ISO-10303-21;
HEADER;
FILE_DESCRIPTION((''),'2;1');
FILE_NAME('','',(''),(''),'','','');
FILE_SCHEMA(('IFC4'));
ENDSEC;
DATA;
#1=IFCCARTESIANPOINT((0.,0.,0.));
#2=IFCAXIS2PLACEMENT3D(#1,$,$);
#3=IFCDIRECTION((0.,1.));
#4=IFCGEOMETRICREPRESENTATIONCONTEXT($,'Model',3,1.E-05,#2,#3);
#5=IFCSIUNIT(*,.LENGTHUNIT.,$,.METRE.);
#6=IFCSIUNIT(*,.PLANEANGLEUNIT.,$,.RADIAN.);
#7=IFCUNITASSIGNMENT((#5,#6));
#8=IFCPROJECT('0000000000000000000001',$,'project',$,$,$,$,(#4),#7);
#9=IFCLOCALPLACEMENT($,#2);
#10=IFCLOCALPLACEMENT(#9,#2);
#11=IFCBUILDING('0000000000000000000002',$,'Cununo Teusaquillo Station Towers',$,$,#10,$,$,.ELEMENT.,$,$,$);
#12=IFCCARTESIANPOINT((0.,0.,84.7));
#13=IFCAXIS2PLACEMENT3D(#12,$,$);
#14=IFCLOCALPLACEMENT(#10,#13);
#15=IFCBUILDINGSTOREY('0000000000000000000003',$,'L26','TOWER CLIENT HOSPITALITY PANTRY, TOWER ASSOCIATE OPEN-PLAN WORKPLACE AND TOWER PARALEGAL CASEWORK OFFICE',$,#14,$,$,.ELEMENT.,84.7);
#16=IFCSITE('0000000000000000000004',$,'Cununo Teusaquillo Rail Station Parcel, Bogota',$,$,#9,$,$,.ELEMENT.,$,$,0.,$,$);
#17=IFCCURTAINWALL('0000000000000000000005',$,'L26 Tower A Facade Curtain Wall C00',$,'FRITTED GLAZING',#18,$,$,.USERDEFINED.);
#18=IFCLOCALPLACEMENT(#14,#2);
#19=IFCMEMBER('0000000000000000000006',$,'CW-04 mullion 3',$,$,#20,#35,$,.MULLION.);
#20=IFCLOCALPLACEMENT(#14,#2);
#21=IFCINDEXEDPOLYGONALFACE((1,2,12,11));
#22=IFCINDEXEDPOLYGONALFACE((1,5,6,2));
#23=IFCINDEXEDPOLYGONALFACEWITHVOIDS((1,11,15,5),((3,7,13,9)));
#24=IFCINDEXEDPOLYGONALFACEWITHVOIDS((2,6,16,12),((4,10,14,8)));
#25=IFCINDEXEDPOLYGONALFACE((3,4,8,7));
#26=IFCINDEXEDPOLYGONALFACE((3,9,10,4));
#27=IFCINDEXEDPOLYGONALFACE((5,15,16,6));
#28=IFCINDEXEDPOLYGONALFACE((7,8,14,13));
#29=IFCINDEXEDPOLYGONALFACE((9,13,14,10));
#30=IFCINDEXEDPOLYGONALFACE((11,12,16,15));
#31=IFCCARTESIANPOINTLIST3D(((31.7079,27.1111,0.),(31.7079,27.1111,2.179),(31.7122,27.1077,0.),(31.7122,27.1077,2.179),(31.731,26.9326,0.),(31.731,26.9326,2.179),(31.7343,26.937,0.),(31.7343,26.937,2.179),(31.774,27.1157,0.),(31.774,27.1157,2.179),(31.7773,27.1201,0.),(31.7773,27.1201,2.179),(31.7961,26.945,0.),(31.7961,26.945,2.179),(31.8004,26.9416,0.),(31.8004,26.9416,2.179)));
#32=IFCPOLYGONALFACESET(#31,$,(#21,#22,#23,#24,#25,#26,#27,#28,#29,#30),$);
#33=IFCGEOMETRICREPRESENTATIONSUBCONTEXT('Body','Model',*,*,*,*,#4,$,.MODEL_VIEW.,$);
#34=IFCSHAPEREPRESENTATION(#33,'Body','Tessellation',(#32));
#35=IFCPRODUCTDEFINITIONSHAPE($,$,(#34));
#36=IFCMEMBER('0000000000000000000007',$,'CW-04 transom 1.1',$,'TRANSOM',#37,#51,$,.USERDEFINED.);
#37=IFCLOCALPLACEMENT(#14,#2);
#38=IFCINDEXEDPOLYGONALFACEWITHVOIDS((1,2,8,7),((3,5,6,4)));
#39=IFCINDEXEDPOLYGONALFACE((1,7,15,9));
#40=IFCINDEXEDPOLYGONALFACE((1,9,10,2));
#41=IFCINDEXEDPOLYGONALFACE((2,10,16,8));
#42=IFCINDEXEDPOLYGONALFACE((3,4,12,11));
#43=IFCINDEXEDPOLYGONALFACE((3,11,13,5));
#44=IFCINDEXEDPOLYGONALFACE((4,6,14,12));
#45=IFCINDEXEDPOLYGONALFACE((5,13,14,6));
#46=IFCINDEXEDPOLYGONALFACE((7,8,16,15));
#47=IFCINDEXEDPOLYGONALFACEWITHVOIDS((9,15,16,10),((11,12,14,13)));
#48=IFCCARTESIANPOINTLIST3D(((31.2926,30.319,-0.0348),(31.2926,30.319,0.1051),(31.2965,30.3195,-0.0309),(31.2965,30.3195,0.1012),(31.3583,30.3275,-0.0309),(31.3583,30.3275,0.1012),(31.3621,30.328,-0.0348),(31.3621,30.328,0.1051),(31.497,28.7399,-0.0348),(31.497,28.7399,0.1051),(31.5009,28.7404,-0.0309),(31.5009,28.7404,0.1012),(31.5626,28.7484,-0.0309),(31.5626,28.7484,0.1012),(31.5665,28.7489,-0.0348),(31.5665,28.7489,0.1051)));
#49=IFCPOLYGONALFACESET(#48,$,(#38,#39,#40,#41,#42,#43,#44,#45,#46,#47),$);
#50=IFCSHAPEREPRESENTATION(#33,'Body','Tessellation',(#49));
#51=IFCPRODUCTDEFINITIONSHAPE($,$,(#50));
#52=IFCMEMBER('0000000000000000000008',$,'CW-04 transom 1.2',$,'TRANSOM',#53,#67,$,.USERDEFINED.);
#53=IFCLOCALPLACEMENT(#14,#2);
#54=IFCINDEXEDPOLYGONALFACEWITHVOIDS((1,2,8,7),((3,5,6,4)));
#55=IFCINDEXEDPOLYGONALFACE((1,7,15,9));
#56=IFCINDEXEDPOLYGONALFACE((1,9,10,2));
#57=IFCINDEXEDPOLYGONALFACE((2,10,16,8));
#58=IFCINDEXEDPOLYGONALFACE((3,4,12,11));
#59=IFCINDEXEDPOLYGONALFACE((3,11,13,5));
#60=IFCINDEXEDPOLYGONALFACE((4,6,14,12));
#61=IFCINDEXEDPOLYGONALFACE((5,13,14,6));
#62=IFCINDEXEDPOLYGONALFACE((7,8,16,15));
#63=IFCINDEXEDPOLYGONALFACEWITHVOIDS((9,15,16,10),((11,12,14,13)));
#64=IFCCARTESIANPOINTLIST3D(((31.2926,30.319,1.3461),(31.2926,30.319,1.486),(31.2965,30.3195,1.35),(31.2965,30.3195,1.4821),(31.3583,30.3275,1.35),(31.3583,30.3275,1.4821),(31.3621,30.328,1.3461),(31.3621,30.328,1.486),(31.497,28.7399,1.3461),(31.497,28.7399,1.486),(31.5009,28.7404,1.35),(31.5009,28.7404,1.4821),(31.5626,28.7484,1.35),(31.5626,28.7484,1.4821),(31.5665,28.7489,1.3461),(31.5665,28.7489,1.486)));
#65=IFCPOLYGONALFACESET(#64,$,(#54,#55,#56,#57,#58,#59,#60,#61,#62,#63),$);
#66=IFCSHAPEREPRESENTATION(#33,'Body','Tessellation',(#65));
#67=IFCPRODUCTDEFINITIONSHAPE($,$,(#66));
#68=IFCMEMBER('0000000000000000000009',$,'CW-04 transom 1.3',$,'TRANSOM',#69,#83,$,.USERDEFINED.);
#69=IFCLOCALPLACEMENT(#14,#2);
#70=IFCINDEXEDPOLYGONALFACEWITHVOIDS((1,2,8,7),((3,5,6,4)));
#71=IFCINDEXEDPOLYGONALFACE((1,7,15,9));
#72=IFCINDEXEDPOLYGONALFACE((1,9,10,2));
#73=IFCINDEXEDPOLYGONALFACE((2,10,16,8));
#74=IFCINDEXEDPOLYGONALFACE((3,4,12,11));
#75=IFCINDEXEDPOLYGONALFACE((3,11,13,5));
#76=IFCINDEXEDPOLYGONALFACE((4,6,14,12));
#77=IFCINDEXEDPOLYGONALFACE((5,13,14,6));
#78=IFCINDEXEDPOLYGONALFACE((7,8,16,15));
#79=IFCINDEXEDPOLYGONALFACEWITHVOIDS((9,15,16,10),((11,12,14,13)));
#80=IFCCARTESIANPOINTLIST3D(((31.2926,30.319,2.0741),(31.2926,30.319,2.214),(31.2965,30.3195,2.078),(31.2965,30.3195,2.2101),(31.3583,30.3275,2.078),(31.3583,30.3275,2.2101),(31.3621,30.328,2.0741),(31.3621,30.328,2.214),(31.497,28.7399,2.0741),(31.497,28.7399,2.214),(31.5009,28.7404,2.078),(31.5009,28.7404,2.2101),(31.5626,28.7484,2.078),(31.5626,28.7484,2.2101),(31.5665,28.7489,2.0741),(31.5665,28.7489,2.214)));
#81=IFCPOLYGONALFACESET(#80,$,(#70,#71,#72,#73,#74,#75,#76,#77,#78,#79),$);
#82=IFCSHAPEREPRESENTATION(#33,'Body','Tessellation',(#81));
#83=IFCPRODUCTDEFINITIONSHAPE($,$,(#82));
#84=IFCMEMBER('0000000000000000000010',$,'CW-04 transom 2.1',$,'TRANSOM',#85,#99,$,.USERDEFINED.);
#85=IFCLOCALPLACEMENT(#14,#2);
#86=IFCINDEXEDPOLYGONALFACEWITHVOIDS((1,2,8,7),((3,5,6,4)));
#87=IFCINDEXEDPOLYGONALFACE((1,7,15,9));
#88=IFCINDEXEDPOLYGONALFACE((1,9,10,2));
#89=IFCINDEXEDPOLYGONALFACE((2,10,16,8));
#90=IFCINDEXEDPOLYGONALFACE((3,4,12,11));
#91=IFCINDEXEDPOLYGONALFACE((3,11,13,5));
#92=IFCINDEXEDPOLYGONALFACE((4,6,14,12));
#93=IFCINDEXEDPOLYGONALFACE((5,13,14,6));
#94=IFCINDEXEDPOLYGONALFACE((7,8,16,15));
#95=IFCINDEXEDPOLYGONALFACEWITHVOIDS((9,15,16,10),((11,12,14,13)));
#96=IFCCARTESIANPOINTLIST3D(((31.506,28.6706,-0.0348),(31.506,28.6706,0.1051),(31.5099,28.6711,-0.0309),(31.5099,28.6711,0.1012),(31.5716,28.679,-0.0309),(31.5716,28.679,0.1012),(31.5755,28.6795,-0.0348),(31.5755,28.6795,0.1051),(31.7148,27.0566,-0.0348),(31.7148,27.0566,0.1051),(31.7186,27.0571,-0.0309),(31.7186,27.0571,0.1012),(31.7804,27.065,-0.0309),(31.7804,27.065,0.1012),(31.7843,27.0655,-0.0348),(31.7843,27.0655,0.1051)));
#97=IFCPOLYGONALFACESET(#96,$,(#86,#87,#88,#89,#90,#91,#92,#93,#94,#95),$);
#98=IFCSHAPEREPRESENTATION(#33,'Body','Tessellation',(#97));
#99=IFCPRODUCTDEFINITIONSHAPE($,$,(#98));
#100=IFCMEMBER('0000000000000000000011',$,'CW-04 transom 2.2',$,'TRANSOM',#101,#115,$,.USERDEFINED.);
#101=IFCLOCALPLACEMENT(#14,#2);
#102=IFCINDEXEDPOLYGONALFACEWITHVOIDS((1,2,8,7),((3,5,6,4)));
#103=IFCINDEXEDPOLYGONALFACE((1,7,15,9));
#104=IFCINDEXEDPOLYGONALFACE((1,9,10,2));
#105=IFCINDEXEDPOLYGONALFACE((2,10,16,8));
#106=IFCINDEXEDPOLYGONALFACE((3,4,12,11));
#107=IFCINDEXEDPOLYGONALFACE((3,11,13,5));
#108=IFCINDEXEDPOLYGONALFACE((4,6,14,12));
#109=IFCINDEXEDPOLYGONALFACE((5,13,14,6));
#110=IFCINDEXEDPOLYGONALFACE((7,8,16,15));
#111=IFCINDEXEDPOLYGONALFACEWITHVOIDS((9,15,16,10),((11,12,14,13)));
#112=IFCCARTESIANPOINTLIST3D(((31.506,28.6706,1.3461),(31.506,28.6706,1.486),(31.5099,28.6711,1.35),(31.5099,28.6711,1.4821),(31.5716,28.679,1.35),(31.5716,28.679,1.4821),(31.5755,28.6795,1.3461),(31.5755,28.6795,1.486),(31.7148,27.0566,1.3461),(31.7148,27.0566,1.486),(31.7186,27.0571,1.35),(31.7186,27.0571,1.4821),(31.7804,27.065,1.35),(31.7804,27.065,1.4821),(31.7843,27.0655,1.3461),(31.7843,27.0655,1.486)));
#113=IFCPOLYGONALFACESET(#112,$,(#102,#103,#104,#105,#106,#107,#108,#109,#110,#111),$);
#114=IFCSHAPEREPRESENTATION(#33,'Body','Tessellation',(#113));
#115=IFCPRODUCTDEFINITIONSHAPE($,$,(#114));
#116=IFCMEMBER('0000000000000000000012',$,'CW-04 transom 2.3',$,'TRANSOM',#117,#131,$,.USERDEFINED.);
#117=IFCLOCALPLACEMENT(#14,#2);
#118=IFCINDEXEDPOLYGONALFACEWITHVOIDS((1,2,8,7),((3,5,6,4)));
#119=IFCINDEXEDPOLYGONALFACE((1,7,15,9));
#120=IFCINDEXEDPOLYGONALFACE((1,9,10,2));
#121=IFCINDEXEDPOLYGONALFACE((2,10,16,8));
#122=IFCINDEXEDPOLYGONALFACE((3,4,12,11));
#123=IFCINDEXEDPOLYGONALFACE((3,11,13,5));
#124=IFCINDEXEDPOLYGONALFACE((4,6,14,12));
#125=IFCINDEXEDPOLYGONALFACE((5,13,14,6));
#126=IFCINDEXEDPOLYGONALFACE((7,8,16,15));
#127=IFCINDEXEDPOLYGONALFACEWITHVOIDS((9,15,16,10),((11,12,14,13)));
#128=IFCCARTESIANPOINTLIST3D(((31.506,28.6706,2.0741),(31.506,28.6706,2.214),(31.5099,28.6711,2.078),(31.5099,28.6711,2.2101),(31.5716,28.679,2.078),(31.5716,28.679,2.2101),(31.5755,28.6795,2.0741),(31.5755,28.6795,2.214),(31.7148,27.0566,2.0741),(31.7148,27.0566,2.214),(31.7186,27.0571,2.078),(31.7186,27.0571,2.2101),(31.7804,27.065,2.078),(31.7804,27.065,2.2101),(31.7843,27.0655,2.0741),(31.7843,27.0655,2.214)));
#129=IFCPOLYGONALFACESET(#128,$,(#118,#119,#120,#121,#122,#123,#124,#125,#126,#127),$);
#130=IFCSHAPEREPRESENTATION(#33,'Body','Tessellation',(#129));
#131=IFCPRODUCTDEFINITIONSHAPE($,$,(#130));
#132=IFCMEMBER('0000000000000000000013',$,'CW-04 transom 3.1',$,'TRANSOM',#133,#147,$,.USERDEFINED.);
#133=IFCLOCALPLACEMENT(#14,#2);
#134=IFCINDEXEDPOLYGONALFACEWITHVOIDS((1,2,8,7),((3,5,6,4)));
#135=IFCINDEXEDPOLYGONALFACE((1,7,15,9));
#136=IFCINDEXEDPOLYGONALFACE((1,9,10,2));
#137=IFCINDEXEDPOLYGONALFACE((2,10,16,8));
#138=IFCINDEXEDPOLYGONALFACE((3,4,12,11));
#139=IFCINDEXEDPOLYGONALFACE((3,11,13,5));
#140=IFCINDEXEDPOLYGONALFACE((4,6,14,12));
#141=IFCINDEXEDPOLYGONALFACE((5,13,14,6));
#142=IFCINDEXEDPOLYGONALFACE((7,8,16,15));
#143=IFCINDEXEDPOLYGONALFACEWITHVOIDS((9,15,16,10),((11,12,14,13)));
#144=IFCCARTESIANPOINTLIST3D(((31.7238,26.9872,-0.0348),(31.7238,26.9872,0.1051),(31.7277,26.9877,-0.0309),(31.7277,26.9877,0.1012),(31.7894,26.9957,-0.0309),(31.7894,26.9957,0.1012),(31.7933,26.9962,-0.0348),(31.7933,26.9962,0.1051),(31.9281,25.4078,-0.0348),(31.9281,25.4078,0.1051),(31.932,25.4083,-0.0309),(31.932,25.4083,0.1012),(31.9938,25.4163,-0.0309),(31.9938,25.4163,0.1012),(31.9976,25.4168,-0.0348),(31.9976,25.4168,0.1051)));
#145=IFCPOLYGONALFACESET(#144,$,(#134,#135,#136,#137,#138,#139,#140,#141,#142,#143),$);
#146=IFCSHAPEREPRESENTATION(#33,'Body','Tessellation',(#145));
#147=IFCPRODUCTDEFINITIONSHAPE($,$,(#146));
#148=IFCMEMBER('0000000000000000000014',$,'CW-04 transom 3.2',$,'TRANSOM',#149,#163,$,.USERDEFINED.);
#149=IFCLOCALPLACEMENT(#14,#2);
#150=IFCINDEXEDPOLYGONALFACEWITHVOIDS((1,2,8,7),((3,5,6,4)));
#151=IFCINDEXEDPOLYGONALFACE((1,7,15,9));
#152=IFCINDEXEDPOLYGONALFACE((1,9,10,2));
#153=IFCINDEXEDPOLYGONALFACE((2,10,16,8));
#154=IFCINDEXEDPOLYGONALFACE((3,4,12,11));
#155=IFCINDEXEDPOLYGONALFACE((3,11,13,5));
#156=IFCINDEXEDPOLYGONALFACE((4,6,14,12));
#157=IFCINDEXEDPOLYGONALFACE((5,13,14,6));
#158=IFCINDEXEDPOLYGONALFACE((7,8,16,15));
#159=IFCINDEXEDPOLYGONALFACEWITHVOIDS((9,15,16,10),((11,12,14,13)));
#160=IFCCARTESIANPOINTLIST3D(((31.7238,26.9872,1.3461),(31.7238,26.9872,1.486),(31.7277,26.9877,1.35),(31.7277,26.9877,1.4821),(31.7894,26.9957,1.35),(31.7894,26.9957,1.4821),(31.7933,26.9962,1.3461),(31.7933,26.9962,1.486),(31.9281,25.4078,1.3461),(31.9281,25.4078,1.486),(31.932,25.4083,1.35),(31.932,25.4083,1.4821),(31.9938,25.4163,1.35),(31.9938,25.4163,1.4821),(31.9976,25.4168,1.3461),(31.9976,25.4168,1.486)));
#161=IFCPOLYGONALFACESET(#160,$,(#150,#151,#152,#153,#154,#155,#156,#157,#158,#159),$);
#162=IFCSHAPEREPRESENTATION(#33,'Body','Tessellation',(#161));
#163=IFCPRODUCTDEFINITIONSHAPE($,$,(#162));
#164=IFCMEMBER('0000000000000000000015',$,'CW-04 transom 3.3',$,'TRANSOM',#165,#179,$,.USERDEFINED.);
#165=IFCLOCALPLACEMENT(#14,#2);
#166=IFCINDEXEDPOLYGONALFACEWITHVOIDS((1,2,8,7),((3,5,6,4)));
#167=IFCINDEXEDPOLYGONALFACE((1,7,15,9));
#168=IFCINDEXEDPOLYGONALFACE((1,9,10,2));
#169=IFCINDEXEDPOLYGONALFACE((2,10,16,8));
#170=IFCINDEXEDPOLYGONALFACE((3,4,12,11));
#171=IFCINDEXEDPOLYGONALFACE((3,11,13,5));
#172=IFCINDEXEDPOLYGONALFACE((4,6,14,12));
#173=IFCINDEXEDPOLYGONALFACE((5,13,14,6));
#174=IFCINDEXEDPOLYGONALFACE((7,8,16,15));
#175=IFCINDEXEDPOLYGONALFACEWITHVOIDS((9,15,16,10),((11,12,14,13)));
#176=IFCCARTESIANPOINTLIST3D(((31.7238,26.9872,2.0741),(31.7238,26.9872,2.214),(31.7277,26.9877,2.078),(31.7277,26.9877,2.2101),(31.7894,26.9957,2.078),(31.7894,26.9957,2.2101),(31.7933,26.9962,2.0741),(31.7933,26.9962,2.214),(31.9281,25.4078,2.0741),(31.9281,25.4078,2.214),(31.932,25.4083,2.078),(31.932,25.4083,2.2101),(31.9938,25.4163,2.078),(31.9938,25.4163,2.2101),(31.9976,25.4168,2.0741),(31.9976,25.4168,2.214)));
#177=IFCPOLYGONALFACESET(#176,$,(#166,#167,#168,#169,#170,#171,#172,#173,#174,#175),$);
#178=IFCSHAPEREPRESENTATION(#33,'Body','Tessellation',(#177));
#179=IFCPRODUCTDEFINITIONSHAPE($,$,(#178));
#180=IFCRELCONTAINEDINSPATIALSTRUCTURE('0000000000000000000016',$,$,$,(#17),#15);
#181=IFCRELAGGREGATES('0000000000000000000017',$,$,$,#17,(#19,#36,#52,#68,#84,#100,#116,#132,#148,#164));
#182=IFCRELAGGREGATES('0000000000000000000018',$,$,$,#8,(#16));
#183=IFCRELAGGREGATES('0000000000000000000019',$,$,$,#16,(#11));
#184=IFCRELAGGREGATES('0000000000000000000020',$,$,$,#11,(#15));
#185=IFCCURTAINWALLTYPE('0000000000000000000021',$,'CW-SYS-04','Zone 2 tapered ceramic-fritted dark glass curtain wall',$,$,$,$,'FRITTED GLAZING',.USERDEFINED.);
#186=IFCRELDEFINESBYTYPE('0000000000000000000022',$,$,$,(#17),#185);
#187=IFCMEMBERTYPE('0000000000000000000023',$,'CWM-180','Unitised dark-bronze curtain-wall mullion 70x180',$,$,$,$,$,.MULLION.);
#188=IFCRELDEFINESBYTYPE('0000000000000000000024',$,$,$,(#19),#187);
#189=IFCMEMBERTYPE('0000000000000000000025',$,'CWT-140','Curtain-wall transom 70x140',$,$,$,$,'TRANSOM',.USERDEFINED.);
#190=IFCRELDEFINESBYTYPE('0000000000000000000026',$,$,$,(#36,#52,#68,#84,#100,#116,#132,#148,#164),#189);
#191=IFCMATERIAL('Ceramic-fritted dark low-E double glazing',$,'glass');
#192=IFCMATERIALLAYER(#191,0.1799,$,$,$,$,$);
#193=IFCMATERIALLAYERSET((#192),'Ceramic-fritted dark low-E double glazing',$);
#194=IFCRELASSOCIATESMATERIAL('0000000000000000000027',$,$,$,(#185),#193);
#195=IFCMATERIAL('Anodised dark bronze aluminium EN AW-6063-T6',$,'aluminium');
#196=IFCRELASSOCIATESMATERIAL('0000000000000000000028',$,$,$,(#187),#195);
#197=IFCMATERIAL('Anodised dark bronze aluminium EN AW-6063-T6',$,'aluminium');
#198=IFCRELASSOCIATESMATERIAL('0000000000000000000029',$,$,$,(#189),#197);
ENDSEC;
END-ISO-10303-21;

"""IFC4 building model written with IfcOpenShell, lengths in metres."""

from ifc_helpers import new_model, si_unit, direction, frame, origin, origin_2d, place, context, subcontext, project, spatial, hollow_rectangle, extrude, material, layer, layer_set, material_profile, profile_set, type_object, element, aggregate, save


model = new_model("IFC4")

# Units and contexts
model_context = context("Model", 3, precision=1e-05, world=origin(), true_north=direction((0.0, 1.0)))
body_context = subcontext(model_context, "Body", "Model", "MODEL_VIEW")
ifc_project = project(units=[si_unit("LENGTHUNIT", "METRE"), si_unit("PLANEANGLEUNIT", "RADIAN")], contexts=[model_context])

# Site, building, storey
site_placement = place(None, origin())
site = spatial("IfcSite", under=ifc_project, at=site_placement, Name="Cununo Teusaquillo Rail Station Parcel, Bogota", CompositionType="ELEMENT", RefElevation=0.0)
building_placement = place(site_placement, origin())
building = spatial("IfcBuilding", under=site, at=building_placement, Name="Cununo Teusaquillo Station Towers", CompositionType="ELEMENT")
storey_placement = place(building_placement, frame((0.0, 0.0, 84.7)))
storey = spatial("IfcBuildingStorey", under=building, at=storey_placement, Name="L26", Description="TOWER CLIENT HOSPITALITY PANTRY, TOWER ASSOCIATE OPEN-PLAN WORKPLACE AND TOWER PARALEGAL CASEWORK OFFICE", CompositionType="ELEMENT", Elevation=84.7)

# Curtain wall, members
ifc_material_1 = material(Name="Ceramic-fritted dark low-E double glazing", Category="glass")
ifc_layer_1 = layer(ifc_material_1, 0.1799)
ifc_layer_set_1 = layer_set([ifc_layer_1], Name="Ceramic-fritted dark low-E double glazing")
curtain_wall_type = type_object("IfcCurtainWallType", Name="CW-SYS-04", Description="Zone 2 tapered ceramic-fritted dark glass curtain wall", ElementType="FRITTED GLAZING", PredefinedType="USERDEFINED", material=ifc_layer_set_1)
curtain_wall_placement = place(storey_placement, origin())
curtain_wall = element("IfcCurtainWall", 1, at=curtain_wall_placement, inside=storey, type_object=curtain_wall_type, Name="L26 Tower A Facade Curtain Wall C00", ObjectType="FRITTED GLAZING", PredefinedType="USERDEFINED")
ifc_material_2 = material(Name="Anodised dark bronze aluminium EN AW-6063-T6", Category="aluminium")
ifc_material_profile_1 = material_profile(ifc_material_2, hollow_rectangle(XDim=0.0701, YDim=0.1799, WallThickness=0.0039, at=origin_2d()), Name="CW-MULL-70x180")
ifc_profile_set_1 = profile_set([ifc_material_profile_1], Name="Anodised dark bronze aluminium EN AW-6063-T6")
member_type_1 = type_object("IfcMemberType", Name="CWM-180", Description="Unitised dark-bronze curtain-wall mullion 70x180", PredefinedType="MULLION", material=ifc_profile_set_1)
member_1_placement = place(storey_placement, frame((31.7542, 27.0264, 0.0), z_axis=(0.0, 0.0, 1.0), x_axis=(0.991731, 0.128336, 0.0)))
member_1 = element("IfcMember", 2, at=member_1_placement, type_object=member_type_1, Name="CW-04 mullion 3", PredefinedType="MULLION", context=body_context, shape_type="SweptSolid", body=[
    extrude(hollow_rectangle(XDim=0.0701, YDim=0.1799, WallThickness=0.0039, at=origin_2d()), origin(), (0.0, 0.0, 1.0), 2.179),
])
ifc_material_3 = material(Name="Anodised dark bronze aluminium EN AW-6063-T6", Category="aluminium")
ifc_material_profile_2 = material_profile(ifc_material_3, hollow_rectangle(XDim=0.0701, YDim=0.1399, WallThickness=0.0039, at=origin_2d()), Name="CW-TRAN-70x140")
ifc_profile_set_2 = profile_set([ifc_material_profile_2], Name="Anodised dark bronze aluminium EN AW-6063-T6")
member_type_2 = type_object("IfcMemberType", Name="CWT-140", Description="Curtain-wall transom 70x140", ElementType="TRANSOM", PredefinedType="USERDEFINED", material=ifc_profile_set_2)
member_2_placement = place(storey_placement, frame((31.3274, 30.3235, 0.0352), z_axis=(0.128336, -0.991731, 0.0), x_axis=(0.991731, 0.128336, 0.0)))
member_2 = element("IfcMember", 3, at=member_2_placement, type_object=member_type_2, Name="CW-04 transom 1.1", ObjectType="TRANSOM", PredefinedType="USERDEFINED", context=body_context, shape_type="SweptSolid", body=[
    extrude(hollow_rectangle(XDim=0.0701, YDim=0.1399, WallThickness=0.0039, at=origin_2d()), origin(), (0.0, 0.0, 1.0), 1.5923),
])
member_3_placement = place(storey_placement, frame((31.3274, 30.3235, 1.416), z_axis=(0.128336, -0.991731, 0.0), x_axis=(0.991731, 0.128336, 0.0)))
member_3 = element("IfcMember", 4, at=member_3_placement, type_object=member_type_2, Name="CW-04 transom 1.2", ObjectType="TRANSOM", PredefinedType="USERDEFINED", context=body_context, shape_type="SweptSolid", body=[
    extrude(hollow_rectangle(XDim=0.0701, YDim=0.1399, WallThickness=0.0039, at=origin_2d()), origin(), (0.0, 0.0, 1.0), 1.5923),
])
member_4_placement = place(storey_placement, frame((31.3274, 30.3235, 2.144), z_axis=(0.128336, -0.991731, 0.0), x_axis=(0.991731, 0.128336, 0.0)))
member_4 = element("IfcMember", 5, at=member_4_placement, type_object=member_type_2, Name="CW-04 transom 1.3", ObjectType="TRANSOM", PredefinedType="USERDEFINED", context=body_context, shape_type="SweptSolid", body=[
    extrude(hollow_rectangle(XDim=0.0701, YDim=0.1399, WallThickness=0.0039, at=origin_2d()), origin(), (0.0, 0.0, 1.0), 1.5923),
])
member_5_placement = place(storey_placement, frame((31.5408, 28.675, 0.0352), z_axis=(0.128262, -0.99174, 0.0), x_axis=(0.99174, 0.128262, 0.0)))
member_5 = element("IfcMember", 6, at=member_5_placement, type_object=member_type_2, Name="CW-04 transom 2.1", ObjectType="TRANSOM", PredefinedType="USERDEFINED", context=body_context, shape_type="SweptSolid", body=[
    extrude(hollow_rectangle(XDim=0.0701, YDim=0.1399, WallThickness=0.0039, at=origin_2d()), origin(), (0.0, 0.0, 1.0), 1.6274),
])
member_6_placement = place(storey_placement, frame((31.5408, 28.675, 1.416), z_axis=(0.128262, -0.99174, 0.0), x_axis=(0.99174, 0.128262, 0.0)))
member_6 = element("IfcMember", 7, at=member_6_placement, type_object=member_type_2, Name="CW-04 transom 2.2", ObjectType="TRANSOM", PredefinedType="USERDEFINED", context=body_context, shape_type="SweptSolid", body=[
    extrude(hollow_rectangle(XDim=0.0701, YDim=0.1399, WallThickness=0.0039, at=origin_2d()), origin(), (0.0, 0.0, 1.0), 1.6274),
])
member_7_placement = place(storey_placement, frame((31.5408, 28.675, 2.144), z_axis=(0.128262, -0.99174, 0.0), x_axis=(0.99174, 0.128262, 0.0)))
member_7 = element("IfcMember", 8, at=member_7_placement, type_object=member_type_2, Name="CW-04 transom 2.3", ObjectType="TRANSOM", PredefinedType="USERDEFINED", context=body_context, shape_type="SweptSolid", body=[
    extrude(hollow_rectangle(XDim=0.0701, YDim=0.1399, WallThickness=0.0039, at=origin_2d()), origin(), (0.0, 0.0, 1.0), 1.6274),
])
member_8_placement = place(storey_placement, frame((31.7585, 26.9917, 0.0352), z_axis=(0.128317, -0.991733, 0.0), x_axis=(0.991733, 0.128317, 0.0)))
member_8 = element("IfcMember", 9, at=member_8_placement, type_object=member_type_2, Name="CW-04 transom 3.1", ObjectType="TRANSOM", PredefinedType="USERDEFINED", context=body_context, shape_type="SweptSolid", body=[
    extrude(hollow_rectangle(XDim=0.0701, YDim=0.1399, WallThickness=0.0039, at=origin_2d()), origin(), (0.0, 0.0, 1.0), 1.5925),
])
member_9_placement = place(storey_placement, frame((31.7585, 26.9917, 1.416), z_axis=(0.128317, -0.991733, 0.0), x_axis=(0.991733, 0.128317, 0.0)))
member_9 = element("IfcMember", 10, at=member_9_placement, type_object=member_type_2, Name="CW-04 transom 3.2", ObjectType="TRANSOM", PredefinedType="USERDEFINED", context=body_context, shape_type="SweptSolid", body=[
    extrude(hollow_rectangle(XDim=0.0701, YDim=0.1399, WallThickness=0.0039, at=origin_2d()), origin(), (0.0, 0.0, 1.0), 1.5925),
])
member_10_placement = place(storey_placement, frame((31.7585, 26.9917, 2.144), z_axis=(0.128317, -0.991733, 0.0), x_axis=(0.991733, 0.128317, 0.0)))
member_10 = element("IfcMember", 11, at=member_10_placement, type_object=member_type_2, Name="CW-04 transom 3.3", ObjectType="TRANSOM", PredefinedType="USERDEFINED", context=body_context, shape_type="SweptSolid", body=[
    extrude(hollow_rectangle(XDim=0.0701, YDim=0.1399, WallThickness=0.0039, at=origin_2d()), origin(), (0.0, 0.0, 1.0), 1.5925),
])
aggregate(curtain_wall, [member_1, member_2, member_3, member_4, member_5, member_6, member_7, member_8, member_9, member_10])

save(model, "model.ifc")
